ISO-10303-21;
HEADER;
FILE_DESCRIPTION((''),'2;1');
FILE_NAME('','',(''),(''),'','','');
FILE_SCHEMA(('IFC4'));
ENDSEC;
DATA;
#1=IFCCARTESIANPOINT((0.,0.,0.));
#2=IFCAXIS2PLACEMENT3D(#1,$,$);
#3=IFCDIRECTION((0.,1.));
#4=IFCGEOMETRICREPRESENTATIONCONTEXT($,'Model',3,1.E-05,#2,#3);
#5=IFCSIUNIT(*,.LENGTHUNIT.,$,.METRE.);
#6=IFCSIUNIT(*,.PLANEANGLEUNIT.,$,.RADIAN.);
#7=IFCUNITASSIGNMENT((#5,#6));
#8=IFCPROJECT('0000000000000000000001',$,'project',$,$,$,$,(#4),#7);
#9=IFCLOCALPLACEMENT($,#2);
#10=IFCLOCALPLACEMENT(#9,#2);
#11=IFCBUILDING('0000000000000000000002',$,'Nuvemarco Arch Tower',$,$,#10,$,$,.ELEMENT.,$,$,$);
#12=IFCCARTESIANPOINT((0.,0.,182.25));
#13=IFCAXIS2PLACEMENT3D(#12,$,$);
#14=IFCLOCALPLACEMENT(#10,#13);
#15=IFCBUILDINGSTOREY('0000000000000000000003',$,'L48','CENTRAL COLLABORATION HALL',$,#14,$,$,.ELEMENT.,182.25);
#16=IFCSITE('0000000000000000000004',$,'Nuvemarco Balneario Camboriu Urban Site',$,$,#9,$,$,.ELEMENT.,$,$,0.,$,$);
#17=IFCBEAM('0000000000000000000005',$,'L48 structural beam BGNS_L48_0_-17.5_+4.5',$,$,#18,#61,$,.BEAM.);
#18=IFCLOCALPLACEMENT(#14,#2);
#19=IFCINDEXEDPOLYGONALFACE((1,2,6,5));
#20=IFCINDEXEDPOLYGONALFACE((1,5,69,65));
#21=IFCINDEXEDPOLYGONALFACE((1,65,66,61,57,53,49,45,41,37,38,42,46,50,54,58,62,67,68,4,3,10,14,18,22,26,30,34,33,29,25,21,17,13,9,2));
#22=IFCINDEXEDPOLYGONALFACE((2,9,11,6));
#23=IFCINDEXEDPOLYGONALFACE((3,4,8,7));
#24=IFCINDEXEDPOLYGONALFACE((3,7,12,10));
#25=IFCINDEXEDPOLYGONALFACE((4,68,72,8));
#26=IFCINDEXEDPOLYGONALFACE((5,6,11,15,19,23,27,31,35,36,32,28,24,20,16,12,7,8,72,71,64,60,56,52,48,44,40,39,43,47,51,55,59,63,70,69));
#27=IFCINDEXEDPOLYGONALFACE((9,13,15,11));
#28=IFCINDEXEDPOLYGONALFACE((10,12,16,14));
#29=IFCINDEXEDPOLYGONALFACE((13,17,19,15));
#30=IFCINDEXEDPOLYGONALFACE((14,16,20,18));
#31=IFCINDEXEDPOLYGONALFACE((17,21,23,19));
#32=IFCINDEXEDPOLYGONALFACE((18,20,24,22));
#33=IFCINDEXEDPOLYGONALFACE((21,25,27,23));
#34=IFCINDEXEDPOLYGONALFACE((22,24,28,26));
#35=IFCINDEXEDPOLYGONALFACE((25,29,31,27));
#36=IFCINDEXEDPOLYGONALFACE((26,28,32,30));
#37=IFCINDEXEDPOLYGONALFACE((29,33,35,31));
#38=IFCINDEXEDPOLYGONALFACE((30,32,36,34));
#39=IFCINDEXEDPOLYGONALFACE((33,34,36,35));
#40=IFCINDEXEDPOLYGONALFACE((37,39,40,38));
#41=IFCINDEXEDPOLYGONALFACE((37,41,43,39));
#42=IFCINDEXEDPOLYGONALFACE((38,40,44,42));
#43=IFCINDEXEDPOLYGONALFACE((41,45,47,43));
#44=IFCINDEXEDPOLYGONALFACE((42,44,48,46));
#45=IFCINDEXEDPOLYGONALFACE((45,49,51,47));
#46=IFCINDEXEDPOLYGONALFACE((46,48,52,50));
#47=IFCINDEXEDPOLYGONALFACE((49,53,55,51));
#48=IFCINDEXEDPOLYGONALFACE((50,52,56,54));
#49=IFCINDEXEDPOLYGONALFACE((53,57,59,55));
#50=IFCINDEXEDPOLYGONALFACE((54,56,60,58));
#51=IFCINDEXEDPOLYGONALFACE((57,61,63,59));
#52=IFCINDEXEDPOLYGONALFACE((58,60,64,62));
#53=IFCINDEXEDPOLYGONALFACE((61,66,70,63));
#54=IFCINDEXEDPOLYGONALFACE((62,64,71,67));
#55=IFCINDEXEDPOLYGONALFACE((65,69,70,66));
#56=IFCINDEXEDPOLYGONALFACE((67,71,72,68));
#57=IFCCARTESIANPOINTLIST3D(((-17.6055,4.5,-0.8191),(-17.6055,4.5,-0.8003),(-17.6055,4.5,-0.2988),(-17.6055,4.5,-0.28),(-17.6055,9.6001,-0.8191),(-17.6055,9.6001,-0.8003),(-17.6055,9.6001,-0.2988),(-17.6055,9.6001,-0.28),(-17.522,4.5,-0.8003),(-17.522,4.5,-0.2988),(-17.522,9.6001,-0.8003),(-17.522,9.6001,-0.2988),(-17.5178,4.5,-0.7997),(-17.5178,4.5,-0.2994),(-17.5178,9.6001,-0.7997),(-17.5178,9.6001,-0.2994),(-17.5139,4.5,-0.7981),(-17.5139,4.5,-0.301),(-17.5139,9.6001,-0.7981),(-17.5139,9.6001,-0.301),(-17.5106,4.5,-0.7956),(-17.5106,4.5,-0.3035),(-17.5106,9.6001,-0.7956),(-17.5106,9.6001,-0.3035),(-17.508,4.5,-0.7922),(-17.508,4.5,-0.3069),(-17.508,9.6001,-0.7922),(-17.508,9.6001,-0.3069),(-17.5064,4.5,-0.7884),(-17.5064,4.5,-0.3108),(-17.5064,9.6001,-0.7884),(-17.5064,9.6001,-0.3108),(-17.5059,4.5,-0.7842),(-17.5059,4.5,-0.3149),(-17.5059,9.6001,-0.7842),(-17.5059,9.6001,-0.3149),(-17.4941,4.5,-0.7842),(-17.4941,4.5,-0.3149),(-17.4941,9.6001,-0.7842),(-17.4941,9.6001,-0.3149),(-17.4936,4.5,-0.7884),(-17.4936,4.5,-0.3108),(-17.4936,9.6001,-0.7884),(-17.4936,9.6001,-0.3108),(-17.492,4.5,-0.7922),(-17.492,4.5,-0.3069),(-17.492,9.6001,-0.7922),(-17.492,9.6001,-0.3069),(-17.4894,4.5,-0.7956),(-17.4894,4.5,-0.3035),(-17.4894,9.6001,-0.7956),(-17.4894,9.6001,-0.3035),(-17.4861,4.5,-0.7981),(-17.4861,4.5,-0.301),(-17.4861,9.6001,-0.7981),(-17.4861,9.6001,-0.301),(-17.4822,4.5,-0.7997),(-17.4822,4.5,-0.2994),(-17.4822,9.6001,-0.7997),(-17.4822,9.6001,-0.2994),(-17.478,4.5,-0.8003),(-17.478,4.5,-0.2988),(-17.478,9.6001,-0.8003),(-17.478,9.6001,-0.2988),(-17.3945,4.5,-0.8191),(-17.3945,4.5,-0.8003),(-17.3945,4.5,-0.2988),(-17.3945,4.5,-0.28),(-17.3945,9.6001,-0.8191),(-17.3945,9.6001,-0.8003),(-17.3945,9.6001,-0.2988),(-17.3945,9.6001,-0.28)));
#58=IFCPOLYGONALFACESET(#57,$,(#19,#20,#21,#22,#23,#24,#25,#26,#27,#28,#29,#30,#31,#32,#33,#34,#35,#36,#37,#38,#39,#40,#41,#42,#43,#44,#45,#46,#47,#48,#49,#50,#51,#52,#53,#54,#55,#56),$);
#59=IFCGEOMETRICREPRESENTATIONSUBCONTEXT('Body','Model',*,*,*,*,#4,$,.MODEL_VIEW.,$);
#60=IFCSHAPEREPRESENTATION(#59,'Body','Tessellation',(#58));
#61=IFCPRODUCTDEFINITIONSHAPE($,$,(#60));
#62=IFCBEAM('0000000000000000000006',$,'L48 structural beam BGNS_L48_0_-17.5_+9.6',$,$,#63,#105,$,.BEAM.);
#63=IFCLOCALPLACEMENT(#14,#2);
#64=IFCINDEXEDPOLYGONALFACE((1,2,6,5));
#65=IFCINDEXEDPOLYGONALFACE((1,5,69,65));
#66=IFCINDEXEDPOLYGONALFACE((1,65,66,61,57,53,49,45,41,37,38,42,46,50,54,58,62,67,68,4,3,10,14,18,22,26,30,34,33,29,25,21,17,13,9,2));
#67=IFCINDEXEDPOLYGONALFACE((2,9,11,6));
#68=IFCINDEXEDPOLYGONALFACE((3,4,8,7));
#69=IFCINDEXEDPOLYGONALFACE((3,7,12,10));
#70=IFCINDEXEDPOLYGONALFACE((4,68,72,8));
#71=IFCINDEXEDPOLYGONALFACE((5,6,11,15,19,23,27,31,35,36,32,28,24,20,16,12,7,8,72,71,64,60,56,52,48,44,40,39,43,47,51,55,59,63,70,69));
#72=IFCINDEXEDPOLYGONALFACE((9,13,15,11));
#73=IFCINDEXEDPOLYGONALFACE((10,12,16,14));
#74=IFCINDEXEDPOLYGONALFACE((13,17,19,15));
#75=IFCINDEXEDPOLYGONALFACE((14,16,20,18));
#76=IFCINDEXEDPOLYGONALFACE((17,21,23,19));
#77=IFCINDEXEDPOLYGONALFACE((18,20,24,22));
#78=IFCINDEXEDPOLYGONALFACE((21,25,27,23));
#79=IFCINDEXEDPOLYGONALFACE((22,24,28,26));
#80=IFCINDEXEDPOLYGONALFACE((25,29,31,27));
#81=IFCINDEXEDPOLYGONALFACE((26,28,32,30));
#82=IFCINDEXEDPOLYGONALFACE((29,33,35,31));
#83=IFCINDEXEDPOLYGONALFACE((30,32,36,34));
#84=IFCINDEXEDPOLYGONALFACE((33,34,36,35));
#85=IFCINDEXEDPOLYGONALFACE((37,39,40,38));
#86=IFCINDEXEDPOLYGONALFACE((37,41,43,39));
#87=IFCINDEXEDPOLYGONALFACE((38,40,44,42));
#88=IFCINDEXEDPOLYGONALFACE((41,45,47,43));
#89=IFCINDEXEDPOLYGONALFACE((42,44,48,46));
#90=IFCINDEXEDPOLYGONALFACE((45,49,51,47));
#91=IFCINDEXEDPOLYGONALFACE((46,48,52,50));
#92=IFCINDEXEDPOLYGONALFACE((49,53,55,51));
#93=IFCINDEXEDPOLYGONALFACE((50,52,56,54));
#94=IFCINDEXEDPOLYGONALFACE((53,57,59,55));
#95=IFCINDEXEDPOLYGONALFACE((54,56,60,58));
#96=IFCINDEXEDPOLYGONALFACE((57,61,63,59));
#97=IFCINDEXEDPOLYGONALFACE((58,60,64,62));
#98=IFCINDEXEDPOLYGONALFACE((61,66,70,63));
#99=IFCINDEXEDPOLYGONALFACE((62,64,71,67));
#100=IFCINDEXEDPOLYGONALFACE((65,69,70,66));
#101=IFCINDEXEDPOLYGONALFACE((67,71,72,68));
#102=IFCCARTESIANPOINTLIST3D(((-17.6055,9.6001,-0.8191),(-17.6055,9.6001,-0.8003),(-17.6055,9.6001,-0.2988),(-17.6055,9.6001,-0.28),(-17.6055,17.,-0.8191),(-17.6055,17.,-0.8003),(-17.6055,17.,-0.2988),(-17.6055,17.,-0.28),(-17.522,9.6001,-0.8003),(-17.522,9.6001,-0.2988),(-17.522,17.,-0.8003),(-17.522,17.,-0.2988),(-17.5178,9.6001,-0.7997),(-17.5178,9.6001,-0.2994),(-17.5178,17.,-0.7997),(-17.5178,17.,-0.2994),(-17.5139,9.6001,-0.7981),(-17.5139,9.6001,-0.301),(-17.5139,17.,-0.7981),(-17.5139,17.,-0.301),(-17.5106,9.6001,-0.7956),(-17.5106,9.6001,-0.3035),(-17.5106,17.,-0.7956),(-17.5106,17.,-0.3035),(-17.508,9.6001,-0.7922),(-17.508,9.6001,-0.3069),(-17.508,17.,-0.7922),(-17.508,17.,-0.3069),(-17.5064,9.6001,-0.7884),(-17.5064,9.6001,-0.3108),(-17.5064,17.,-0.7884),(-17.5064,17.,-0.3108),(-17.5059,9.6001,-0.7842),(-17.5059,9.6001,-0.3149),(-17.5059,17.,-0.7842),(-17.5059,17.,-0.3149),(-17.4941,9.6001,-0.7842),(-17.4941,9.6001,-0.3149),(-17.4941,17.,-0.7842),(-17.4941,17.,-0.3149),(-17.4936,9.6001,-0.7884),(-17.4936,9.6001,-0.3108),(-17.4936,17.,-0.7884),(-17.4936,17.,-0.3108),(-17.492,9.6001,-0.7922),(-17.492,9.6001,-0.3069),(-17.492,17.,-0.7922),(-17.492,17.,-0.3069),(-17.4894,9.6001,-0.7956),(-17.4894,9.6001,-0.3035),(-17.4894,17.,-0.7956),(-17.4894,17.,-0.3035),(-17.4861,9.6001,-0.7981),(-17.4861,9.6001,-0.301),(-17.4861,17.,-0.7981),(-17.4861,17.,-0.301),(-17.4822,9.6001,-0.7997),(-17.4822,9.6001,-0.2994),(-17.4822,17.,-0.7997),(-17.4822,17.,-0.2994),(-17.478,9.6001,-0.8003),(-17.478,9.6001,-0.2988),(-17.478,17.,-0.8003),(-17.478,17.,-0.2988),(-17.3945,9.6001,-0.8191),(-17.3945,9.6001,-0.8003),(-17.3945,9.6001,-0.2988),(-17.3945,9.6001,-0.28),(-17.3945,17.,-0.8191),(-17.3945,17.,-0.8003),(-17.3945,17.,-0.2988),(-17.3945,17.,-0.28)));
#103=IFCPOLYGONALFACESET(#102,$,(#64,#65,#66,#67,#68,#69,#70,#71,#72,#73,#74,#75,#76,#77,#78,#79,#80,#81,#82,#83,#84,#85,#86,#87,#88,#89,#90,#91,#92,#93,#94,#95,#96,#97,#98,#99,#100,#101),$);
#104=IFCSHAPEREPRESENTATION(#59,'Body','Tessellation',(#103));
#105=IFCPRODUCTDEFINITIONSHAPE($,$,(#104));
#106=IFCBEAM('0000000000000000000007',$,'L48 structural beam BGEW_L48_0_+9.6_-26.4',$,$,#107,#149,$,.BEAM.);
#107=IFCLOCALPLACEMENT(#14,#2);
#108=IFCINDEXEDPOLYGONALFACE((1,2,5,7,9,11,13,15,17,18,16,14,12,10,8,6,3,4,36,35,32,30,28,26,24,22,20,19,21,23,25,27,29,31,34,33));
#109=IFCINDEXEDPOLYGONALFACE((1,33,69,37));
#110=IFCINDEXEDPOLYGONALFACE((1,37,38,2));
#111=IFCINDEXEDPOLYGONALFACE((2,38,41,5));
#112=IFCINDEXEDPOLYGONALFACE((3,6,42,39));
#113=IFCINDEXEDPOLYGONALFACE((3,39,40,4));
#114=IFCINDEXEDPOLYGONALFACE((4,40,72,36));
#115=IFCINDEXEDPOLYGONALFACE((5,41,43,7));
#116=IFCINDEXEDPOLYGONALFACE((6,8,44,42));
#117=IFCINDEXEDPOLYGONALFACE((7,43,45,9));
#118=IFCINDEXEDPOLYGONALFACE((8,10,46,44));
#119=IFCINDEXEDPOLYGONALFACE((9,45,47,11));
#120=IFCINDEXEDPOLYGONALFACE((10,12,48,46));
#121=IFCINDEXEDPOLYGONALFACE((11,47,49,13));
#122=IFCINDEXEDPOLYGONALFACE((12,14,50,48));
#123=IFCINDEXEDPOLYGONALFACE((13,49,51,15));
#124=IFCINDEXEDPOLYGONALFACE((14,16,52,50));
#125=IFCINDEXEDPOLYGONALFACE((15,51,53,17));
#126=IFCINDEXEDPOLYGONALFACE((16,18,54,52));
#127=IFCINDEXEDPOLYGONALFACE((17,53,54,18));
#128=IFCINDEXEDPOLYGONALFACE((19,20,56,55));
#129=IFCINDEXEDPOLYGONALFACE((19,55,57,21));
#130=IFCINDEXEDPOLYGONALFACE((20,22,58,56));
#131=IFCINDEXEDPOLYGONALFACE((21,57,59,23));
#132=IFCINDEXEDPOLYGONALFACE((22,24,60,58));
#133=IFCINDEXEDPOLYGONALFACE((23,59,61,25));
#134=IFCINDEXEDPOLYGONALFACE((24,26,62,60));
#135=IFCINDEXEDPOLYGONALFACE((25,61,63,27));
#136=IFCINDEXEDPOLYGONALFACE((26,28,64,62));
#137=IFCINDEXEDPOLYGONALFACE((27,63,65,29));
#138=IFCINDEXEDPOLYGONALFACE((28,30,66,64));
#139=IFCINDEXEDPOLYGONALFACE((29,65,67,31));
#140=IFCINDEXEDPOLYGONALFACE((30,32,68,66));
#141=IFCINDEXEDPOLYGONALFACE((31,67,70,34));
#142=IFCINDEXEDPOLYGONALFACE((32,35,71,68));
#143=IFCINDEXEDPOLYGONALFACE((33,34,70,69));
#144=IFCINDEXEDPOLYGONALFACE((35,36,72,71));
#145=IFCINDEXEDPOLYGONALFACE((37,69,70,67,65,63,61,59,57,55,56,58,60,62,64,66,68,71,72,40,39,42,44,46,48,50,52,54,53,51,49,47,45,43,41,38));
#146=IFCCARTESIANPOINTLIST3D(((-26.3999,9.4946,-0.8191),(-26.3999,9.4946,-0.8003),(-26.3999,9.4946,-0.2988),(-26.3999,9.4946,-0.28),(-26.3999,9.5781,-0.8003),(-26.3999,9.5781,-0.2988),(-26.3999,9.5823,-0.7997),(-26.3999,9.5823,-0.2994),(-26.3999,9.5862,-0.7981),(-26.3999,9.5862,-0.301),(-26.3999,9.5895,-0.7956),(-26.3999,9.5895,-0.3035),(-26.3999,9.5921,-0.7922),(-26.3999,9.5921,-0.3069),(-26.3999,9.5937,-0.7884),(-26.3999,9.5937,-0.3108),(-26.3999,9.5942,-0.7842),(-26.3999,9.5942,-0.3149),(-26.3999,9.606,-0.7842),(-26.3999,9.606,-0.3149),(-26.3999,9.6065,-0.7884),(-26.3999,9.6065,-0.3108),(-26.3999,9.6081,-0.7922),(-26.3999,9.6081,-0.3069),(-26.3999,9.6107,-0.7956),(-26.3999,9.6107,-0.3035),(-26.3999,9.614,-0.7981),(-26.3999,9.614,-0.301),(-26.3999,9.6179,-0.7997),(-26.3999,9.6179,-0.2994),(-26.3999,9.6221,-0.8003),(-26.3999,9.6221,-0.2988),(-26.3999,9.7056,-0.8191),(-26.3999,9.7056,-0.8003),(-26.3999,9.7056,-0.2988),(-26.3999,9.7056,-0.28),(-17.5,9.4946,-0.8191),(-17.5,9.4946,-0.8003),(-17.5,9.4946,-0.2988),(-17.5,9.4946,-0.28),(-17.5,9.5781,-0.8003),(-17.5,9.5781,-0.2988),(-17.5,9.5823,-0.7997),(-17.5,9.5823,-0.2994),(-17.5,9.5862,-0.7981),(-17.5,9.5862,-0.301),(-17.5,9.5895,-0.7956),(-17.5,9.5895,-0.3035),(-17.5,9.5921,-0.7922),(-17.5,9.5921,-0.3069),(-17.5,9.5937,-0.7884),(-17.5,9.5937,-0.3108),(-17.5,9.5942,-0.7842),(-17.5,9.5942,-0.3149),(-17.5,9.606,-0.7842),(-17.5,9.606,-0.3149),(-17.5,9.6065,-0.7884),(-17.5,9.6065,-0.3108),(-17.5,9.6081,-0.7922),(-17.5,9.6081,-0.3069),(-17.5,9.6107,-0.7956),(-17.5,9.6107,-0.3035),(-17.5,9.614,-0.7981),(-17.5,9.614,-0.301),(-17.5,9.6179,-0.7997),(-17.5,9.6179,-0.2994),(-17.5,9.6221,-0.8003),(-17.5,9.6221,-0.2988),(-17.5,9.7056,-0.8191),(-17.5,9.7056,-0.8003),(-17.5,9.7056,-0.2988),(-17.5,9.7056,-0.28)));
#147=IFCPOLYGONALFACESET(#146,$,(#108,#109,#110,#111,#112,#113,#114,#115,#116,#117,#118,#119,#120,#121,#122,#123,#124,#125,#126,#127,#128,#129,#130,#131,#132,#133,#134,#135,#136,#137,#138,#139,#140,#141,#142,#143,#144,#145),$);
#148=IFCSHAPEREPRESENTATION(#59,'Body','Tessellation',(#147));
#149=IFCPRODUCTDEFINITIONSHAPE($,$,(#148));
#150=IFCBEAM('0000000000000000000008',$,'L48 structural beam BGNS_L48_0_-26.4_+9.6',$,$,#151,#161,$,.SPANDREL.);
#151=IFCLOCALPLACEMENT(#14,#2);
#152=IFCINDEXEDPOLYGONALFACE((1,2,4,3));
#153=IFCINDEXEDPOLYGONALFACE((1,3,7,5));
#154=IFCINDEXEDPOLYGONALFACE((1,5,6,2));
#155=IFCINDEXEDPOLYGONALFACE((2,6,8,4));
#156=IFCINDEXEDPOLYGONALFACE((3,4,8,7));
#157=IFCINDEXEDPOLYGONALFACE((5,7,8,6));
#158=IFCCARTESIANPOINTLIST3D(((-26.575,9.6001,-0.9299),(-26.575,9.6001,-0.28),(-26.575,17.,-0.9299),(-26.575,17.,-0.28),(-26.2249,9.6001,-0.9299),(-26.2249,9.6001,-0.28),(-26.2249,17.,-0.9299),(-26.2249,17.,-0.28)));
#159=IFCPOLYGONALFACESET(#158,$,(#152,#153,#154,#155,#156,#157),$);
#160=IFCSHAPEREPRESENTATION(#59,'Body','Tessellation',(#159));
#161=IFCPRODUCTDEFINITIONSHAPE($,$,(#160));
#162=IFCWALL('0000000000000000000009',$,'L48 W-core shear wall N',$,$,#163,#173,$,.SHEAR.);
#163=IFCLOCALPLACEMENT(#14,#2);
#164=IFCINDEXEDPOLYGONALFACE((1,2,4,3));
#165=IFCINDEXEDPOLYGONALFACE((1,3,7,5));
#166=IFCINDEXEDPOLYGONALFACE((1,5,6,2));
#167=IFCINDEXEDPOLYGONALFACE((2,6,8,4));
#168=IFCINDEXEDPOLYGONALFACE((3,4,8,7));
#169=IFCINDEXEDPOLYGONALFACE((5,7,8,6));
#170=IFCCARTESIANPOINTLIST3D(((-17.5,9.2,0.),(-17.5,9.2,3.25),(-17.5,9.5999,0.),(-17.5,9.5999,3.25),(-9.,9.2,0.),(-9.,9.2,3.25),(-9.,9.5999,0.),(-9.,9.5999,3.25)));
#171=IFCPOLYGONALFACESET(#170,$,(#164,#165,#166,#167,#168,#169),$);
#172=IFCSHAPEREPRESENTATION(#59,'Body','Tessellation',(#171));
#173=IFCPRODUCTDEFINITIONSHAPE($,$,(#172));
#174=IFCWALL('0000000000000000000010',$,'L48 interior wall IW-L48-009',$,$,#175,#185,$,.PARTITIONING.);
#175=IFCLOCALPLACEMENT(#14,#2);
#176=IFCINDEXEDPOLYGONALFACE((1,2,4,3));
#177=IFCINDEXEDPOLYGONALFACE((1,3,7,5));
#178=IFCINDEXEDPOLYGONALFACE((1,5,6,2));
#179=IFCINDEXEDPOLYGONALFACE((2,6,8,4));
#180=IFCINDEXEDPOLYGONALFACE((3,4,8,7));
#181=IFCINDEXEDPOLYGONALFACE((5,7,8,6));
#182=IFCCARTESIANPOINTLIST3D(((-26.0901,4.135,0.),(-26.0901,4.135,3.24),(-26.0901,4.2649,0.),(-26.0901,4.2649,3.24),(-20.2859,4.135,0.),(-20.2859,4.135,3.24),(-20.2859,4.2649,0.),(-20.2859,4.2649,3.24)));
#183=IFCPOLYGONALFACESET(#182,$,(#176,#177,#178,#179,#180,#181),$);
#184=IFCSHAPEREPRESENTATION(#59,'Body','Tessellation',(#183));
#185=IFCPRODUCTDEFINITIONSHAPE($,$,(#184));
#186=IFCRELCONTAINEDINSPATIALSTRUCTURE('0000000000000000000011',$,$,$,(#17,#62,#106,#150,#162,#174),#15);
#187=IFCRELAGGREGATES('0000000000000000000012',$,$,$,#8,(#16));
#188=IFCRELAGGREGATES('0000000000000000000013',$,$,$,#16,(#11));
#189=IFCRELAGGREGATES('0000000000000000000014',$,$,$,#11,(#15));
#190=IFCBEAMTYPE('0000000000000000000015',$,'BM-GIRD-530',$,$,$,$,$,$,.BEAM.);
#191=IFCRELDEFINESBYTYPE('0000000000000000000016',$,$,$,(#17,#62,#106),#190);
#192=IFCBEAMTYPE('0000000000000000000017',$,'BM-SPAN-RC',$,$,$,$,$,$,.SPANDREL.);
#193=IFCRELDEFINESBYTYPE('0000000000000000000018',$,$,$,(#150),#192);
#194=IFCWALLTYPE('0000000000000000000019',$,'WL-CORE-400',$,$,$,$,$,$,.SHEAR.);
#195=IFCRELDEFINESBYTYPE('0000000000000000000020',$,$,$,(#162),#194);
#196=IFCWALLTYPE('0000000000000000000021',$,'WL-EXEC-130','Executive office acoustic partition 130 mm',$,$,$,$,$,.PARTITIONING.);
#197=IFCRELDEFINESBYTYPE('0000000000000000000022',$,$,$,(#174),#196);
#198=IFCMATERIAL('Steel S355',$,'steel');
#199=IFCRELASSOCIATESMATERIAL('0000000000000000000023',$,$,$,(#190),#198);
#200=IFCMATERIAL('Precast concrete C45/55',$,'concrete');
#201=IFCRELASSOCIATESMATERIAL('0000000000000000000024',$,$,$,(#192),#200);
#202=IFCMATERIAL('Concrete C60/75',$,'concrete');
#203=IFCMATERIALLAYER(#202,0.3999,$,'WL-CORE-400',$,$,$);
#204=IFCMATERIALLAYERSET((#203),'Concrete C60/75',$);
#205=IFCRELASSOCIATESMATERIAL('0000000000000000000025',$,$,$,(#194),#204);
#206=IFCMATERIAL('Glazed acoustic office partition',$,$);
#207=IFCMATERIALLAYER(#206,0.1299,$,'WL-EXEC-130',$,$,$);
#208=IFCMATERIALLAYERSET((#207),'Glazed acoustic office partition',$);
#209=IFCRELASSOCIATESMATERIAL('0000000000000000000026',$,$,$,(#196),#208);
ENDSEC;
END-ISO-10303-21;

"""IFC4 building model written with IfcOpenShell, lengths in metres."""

from ifc_helpers import new_model, si_unit, direction, frame, frame_2d, origin, origin_2d, place, context, subcontext, project, spatial, rectangle, i_section, extrude, material, layer, layer_set, material_profile, profile_set, type_object, element, save


model = new_model("IFC4")

# Units and contexts
model_context = context("Model", 3, precision=1e-05, world=origin(), true_north=direction((0.0, 1.0)))
body_context = subcontext(model_context, "Body", "Model", "MODEL_VIEW")
ifc_project = project(units=[si_unit("LENGTHUNIT", "METRE"), si_unit("PLANEANGLEUNIT", "RADIAN")], contexts=[model_context])

# Site, building, storey
site_placement = place(None, origin())
site = spatial("IfcSite", under=ifc_project, at=site_placement, Name="Nuvemarco Balneario Camboriu Urban Site", CompositionType="ELEMENT", RefElevation=0.0)
building_placement = place(site_placement, origin())
building = spatial("IfcBuilding", under=site, at=building_placement, Name="Nuvemarco Arch Tower", CompositionType="ELEMENT")
storey_placement = place(building_placement, frame((0.0, 0.0, 182.25)))
storey = spatial("IfcBuildingStorey", under=building, at=storey_placement, Name="L48", Description="CENTRAL COLLABORATION HALL", CompositionType="ELEMENT", Elevation=182.25)

# Shared definitions
ifc_material_1 = material(Name="Steel S355", Category="steel")

# Beams
ifc_material_profile_1 = material_profile(ifc_material_1, i_section(OverallWidth=0.2109, OverallDepth=0.5391, WebThickness=0.0117, FlangeThickness=0.0188, FilletRadius=0.0161, at=origin_2d()), Name="W530x109")
ifc_profile_set_1 = profile_set([ifc_material_profile_1], Name="Steel S355")
beam_type_1 = type_object("IfcBeamType", Name="BM-GIRD-530", PredefinedType="BEAM", material=ifc_profile_set_1)
beam_1_placement = place(storey_placement, frame((-17.5, 4.5, -0.5496), z_axis=(0.0, 1.0, 0.0), x_axis=(-1.0, 0.0, 0.0)))
element("IfcBeam", 1, at=beam_1_placement, inside=storey, type_object=beam_type_1, Name="L48 structural beam BGNS_L48_0_-17.5_+4.5", PredefinedType="BEAM", context=body_context, shape_type="SweptSolid", body=[
    extrude(i_section(OverallWidth=0.2109, OverallDepth=0.5391, WebThickness=0.0117, FlangeThickness=0.0188, FilletRadius=0.0161, at=origin_2d()), origin(), (0.0, 0.0, 1.0), 5.1001),
])
beam_2_placement = place(storey_placement, frame((-17.5, 9.6001, -0.5496), z_axis=(0.0, 1.0, 0.0), x_axis=(-1.0, 0.0, 0.0)))
element("IfcBeam", 2, at=beam_2_placement, inside=storey, type_object=beam_type_1, Name="L48 structural beam BGNS_L48_0_-17.5_+9.6", PredefinedType="BEAM", context=body_context, shape_type="SweptSolid", body=[
    extrude(i_section(OverallWidth=0.2109, OverallDepth=0.5391, WebThickness=0.0117, FlangeThickness=0.0188, FilletRadius=0.0161, at=origin_2d()), origin(), (0.0, 0.0, 1.0), 7.3999),
])
beam_3_placement = place(storey_placement, frame((-26.3999, 9.6001, -0.5496), z_axis=(1.0, 0.0, 0.0), x_axis=(0.0, 1.0, 0.0)))
element("IfcBeam", 3, at=beam_3_placement, inside=storey, type_object=beam_type_1, Name="L48 structural beam BGEW_L48_0_+9.6_-26.4", PredefinedType="BEAM", context=body_context, shape_type="SweptSolid", body=[
    extrude(i_section(OverallWidth=0.2109, OverallDepth=0.5391, WebThickness=0.0117, FlangeThickness=0.0188, FilletRadius=0.0161, at=origin_2d()), origin(), (0.0, 0.0, 1.0), 8.8999),
])
ifc_material_2 = material(Name="Precast concrete C45/55", Category="concrete")
ifc_material_profile_2 = material_profile(ifc_material_2, rectangle(XDim=0.3501, YDim=0.6499, at=origin_2d()), Name="PC-SP-350x650")
ifc_profile_set_2 = profile_set([ifc_material_profile_2], Name="Precast concrete C45/55")
beam_type_2 = type_object("IfcBeamType", Name="BM-SPAN-RC", PredefinedType="SPANDREL", material=ifc_profile_set_2)
beam_4_placement = place(storey_placement, frame((-26.3999, 9.6001, -0.605), z_axis=(0.0, 1.0, 0.0), x_axis=(-1.0, 0.0, 0.0)))
element("IfcBeam", 4, at=beam_4_placement, inside=storey, type_object=beam_type_2, Name="L48 structural beam BGNS_L48_0_-26.4_+9.6", PredefinedType="SPANDREL", context=body_context, shape_type="SweptSolid", body=[
    extrude(rectangle(XDim=0.3501, YDim=0.6499, at=origin_2d()), origin(), (0.0, 0.0, 1.0), 7.3999),
])

# Walls
ifc_material_3 = material(Name="Concrete C60/75", Category="concrete")
ifc_layer_1 = layer(ifc_material_3, 0.3999, Name="WL-CORE-400")
ifc_layer_set_1 = layer_set([ifc_layer_1], Name="Concrete C60/75")
wall_type_1 = type_object("IfcWallType", Name="WL-CORE-400", PredefinedType="SHEAR", material=ifc_layer_set_1)
wall_1_placement = place(storey_placement, frame((-17.5, 9.3999, 0.0), z_axis=(0.0, 0.0, 1.0), x_axis=(1.0, 0.0, 0.0)))
element("IfcWall", 5, at=wall_1_placement, inside=storey, type_object=wall_type_1, Name="L48 W-core shear wall N", PredefinedType="SHEAR", context=body_context, shape_type="SweptSolid", body=[
    extrude(rectangle(XDim=8.5, YDim=0.3999, at=frame_2d((4.25, 0.0))), origin(), (0.0, 0.0, 1.0), 3.25),
])
ifc_material_4 = material(Name="Glazed acoustic office partition")
ifc_layer_2 = layer(ifc_material_4, 0.1299, Name="WL-EXEC-130")
ifc_layer_set_2 = layer_set([ifc_layer_2], Name="Glazed acoustic office partition")
wall_type_2 = type_object("IfcWallType", Name="WL-EXEC-130", Description="Executive office acoustic partition 130 mm", PredefinedType="PARTITIONING", material=ifc_layer_set_2)
wall_2_placement = place(storey_placement, frame((-26.0901, 4.2, 0.0), z_axis=(0.0, 0.0, 1.0), x_axis=(1.0, 0.0, 0.0)))
element("IfcWall", 6, at=wall_2_placement, inside=storey, type_object=wall_type_2, Name="L48 interior wall IW-L48-009", PredefinedType="PARTITIONING", context=body_context, shape_type="SweptSolid", body=[
    extrude(rectangle(XDim=5.8042, YDim=0.1299, at=frame_2d((2.9021, 0.0))), origin(), (0.0, 0.0, 1.0), 3.24),
])

save(model, "model.ifc")
